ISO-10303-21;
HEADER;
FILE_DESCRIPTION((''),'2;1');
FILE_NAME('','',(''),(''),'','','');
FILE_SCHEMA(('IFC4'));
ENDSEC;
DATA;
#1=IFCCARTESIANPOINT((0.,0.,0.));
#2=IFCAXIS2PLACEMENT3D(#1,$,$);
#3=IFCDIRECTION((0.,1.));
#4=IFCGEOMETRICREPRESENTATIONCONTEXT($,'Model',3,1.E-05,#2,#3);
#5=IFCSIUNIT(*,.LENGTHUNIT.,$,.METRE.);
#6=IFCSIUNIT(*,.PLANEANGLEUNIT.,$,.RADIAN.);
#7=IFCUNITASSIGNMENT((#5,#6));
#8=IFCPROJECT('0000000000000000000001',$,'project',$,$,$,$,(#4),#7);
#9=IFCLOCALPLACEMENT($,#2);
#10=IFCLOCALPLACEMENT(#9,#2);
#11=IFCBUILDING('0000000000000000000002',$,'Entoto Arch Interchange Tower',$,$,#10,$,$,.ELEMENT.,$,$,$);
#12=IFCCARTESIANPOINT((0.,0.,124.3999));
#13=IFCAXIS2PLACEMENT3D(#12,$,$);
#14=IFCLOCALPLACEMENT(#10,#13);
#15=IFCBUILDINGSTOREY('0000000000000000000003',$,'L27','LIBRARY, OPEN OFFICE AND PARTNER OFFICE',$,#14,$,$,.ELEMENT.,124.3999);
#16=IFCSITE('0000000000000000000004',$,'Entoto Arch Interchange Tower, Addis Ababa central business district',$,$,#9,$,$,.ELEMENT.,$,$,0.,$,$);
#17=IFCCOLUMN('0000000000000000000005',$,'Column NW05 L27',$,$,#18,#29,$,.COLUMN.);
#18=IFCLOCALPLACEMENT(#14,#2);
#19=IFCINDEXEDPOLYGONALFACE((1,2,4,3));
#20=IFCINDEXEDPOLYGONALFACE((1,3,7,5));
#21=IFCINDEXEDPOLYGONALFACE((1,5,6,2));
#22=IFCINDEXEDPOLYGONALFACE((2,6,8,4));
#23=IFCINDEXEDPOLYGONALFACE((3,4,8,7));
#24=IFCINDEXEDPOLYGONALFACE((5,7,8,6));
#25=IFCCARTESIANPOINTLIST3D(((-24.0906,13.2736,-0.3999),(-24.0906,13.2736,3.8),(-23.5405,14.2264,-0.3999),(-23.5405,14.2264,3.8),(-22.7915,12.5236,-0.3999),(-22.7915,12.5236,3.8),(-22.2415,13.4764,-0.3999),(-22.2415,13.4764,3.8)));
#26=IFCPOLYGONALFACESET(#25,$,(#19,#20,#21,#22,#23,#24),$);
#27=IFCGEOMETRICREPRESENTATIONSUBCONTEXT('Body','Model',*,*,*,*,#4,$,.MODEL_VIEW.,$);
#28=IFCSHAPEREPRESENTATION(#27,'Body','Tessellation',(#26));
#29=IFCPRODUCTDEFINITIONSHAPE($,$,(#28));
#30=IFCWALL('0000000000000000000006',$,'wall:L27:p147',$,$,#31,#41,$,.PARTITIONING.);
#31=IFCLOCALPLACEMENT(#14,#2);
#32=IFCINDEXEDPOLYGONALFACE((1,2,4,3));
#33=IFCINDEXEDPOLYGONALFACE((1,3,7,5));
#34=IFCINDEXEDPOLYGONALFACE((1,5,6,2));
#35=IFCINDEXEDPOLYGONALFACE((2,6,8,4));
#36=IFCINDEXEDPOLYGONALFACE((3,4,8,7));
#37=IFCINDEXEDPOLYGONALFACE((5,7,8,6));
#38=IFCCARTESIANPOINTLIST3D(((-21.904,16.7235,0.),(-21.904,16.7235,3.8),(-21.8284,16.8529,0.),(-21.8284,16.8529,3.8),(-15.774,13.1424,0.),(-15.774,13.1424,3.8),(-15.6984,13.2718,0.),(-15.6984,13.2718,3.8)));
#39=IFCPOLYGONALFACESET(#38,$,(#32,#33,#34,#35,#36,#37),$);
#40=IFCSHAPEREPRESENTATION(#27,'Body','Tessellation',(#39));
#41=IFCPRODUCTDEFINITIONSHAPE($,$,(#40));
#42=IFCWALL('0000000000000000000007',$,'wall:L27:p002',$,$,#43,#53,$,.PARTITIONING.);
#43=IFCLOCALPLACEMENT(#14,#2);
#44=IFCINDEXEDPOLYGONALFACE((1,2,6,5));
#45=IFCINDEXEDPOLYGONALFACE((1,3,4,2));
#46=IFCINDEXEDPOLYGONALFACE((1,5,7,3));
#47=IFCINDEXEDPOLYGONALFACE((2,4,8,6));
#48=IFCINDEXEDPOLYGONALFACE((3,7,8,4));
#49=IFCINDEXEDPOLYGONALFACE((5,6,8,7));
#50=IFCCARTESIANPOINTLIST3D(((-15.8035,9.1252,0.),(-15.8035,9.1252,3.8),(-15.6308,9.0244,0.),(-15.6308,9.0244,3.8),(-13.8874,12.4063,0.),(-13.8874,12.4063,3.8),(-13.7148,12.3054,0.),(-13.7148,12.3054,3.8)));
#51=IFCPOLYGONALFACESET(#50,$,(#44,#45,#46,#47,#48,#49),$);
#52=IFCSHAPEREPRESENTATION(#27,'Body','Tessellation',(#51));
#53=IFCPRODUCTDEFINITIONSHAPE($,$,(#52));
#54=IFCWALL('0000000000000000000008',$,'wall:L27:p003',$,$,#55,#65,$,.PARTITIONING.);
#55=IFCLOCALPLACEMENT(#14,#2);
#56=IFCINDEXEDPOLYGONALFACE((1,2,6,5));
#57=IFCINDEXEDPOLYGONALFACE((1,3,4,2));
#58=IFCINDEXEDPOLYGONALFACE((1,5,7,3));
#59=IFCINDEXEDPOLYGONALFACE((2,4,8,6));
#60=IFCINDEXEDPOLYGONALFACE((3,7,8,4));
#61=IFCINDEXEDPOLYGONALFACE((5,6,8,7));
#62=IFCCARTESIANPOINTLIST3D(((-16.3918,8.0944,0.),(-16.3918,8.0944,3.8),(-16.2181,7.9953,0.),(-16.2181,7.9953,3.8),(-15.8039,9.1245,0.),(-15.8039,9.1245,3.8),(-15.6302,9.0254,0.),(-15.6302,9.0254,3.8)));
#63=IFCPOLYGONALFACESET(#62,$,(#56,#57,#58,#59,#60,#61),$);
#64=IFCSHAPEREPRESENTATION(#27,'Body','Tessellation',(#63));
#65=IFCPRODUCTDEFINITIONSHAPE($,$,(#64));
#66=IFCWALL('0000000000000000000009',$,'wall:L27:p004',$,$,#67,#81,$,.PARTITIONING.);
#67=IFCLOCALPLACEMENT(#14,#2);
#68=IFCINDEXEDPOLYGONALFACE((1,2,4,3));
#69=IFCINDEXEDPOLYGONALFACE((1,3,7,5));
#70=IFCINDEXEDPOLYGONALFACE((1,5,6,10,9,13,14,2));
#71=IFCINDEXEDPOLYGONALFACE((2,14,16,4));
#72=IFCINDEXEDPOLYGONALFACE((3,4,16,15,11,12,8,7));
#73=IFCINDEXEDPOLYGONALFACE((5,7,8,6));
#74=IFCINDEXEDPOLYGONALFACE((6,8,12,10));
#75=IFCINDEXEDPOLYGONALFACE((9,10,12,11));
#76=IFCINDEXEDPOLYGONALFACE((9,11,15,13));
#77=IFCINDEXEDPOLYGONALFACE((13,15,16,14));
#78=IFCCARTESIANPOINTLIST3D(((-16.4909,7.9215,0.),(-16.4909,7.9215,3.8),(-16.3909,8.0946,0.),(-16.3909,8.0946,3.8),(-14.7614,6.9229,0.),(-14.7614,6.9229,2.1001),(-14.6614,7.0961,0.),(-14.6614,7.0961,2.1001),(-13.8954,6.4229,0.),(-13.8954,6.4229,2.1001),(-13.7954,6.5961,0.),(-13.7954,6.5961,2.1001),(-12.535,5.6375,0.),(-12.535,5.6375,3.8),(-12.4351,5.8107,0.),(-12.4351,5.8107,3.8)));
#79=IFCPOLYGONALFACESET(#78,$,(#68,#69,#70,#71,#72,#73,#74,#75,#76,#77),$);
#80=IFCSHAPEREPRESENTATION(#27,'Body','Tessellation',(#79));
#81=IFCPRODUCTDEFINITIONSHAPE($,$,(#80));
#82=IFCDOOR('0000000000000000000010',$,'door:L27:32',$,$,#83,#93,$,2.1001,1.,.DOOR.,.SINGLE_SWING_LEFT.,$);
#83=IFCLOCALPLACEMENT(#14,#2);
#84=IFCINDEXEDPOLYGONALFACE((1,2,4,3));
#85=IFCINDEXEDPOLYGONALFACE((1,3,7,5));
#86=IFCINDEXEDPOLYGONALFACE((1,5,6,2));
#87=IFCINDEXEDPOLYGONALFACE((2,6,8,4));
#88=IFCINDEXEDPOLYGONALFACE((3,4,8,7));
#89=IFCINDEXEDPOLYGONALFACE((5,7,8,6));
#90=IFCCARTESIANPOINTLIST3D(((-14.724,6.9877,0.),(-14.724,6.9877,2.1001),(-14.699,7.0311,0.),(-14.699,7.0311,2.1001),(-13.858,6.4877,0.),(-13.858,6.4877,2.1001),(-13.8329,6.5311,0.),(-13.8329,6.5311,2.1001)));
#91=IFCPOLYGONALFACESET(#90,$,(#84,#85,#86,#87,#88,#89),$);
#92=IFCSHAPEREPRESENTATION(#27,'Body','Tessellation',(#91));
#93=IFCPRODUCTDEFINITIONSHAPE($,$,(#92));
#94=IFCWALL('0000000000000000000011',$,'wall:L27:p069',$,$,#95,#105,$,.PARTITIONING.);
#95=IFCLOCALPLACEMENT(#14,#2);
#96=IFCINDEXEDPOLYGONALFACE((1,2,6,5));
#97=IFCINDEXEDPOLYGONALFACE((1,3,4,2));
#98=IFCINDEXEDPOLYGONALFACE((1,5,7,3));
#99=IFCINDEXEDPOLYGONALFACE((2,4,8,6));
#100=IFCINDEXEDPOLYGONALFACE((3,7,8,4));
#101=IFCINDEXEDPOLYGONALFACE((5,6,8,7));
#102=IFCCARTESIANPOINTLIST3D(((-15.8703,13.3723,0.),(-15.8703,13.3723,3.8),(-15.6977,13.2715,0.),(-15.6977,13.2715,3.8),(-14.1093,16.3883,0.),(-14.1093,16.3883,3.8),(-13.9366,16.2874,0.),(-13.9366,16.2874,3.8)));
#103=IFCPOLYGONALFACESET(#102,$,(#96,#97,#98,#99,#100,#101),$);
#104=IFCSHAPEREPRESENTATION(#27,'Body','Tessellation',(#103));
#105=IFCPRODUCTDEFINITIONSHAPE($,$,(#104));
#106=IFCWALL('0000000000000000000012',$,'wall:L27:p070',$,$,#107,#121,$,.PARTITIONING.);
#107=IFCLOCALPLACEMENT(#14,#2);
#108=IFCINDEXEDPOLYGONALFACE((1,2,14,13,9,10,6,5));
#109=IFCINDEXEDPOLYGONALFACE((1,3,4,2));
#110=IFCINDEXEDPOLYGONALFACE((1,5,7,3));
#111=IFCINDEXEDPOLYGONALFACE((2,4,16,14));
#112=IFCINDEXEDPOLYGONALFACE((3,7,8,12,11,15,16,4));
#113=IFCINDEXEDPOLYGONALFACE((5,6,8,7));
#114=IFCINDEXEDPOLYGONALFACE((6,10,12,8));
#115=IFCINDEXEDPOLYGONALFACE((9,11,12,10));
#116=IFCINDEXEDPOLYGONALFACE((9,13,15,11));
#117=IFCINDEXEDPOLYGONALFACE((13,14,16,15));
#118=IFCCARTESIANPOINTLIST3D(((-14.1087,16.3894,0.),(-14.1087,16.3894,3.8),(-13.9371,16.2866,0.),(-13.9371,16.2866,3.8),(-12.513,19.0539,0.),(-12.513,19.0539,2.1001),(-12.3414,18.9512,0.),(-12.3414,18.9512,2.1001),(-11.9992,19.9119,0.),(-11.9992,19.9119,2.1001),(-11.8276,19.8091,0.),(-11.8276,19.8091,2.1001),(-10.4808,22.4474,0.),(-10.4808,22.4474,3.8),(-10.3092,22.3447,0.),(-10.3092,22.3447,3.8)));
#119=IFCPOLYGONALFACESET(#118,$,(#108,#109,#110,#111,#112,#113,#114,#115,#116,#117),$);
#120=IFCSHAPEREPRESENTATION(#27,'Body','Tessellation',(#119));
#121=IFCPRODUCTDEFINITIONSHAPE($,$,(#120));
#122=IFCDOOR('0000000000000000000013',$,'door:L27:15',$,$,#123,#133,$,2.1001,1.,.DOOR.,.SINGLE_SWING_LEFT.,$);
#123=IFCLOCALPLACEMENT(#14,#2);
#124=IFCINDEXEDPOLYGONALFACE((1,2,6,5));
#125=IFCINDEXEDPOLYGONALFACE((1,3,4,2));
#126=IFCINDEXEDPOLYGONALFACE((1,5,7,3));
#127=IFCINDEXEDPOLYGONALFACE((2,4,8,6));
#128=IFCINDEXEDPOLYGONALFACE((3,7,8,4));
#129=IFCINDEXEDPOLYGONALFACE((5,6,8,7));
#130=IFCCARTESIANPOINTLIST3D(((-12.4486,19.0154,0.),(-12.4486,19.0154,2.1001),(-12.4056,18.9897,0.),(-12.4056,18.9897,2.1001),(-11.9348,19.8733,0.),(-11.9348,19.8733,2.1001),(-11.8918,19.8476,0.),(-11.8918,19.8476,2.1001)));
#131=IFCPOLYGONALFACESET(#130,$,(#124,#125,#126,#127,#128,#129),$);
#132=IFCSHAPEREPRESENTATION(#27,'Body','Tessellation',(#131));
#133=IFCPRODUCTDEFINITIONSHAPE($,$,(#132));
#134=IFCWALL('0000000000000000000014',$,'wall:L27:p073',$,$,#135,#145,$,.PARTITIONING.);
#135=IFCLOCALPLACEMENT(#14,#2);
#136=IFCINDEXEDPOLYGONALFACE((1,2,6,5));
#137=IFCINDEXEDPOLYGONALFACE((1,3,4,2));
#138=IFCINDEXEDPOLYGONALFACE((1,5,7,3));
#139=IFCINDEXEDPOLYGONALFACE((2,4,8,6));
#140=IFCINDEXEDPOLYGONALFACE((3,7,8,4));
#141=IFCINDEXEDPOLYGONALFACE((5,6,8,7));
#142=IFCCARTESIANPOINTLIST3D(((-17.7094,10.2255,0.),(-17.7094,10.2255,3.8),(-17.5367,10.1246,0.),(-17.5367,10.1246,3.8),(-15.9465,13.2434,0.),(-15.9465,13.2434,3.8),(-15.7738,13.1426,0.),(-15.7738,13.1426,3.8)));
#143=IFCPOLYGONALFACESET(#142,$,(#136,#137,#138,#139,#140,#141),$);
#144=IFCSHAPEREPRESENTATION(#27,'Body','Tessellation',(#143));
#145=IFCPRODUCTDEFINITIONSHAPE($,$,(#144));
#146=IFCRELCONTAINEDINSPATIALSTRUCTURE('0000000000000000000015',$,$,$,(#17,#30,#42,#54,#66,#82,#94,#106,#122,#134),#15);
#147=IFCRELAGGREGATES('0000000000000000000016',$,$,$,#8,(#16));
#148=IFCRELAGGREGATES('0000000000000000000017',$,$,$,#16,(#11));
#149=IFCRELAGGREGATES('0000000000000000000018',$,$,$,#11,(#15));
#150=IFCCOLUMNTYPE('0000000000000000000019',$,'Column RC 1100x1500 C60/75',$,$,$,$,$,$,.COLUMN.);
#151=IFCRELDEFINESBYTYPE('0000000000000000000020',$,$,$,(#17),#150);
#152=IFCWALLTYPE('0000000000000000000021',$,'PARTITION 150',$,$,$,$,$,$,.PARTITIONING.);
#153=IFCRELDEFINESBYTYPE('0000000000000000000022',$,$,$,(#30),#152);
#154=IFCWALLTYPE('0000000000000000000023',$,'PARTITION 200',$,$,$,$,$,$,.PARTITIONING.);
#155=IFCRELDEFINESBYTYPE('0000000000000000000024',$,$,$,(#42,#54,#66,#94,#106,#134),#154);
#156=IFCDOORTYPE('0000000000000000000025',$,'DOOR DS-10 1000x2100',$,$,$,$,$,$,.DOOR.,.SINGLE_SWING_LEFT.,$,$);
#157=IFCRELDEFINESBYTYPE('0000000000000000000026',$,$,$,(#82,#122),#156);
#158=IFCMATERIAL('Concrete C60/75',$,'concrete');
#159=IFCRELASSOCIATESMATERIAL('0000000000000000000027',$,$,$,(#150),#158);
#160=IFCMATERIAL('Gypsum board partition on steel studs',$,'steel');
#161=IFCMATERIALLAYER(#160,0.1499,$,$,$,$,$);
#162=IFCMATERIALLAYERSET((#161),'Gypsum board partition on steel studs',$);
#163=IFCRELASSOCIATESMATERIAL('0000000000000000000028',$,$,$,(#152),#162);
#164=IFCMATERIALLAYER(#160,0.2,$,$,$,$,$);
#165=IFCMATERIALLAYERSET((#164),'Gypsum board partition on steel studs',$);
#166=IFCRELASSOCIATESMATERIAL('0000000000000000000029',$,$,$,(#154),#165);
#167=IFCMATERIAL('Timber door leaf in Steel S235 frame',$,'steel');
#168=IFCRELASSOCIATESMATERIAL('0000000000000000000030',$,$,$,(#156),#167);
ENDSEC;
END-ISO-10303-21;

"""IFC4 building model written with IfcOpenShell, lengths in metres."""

from ifc_helpers import new_model, si_unit, direction, frame, frame_2d, origin, origin_2d, place, context, subcontext, project, spatial, rectangle, extrude, material, layer, layer_set, material_profile, profile_set, type_object, element, fill, save


model = new_model("IFC4")

# Units and contexts
model_context = context("Model", 3, precision=1e-05, world=origin(), true_north=direction((0.0, 1.0)))
body_context = subcontext(model_context, "Body", "Model", "MODEL_VIEW")
ifc_project = project(units=[si_unit("LENGTHUNIT", "METRE"), si_unit("PLANEANGLEUNIT", "RADIAN")], contexts=[model_context])

# Site, building, storey
site_placement = place(None, origin())
site = spatial("IfcSite", under=ifc_project, at=site_placement, Name="Entoto Arch Interchange Tower, Addis Ababa central business district", CompositionType="ELEMENT", RefElevation=0.0)
building_placement = place(site_placement, origin())
building = spatial("IfcBuilding", under=site, at=building_placement, Name="Entoto Arch Interchange Tower", CompositionType="ELEMENT")
storey_placement = place(building_placement, frame((0.0, 0.0, 124.3999)))
storey = spatial("IfcBuildingStorey", under=building, at=storey_placement, Name="L27", Description="LIBRARY, OPEN OFFICE AND PARTNER OFFICE", CompositionType="ELEMENT", Elevation=124.3999)

# Column
ifc_material_1 = material(Name="Concrete C60/75", Category="concrete")
ifc_material_profile = material_profile(ifc_material_1, rectangle(XDim=1.1001, YDim=1.5, at=origin_2d()))
ifc_profile_set = profile_set([ifc_material_profile], Name="Concrete C60/75")
column_type = type_object("IfcColumnType", Name="Column RC 1100x1500 C60/75", PredefinedType="COLUMN", material=ifc_profile_set)
column_placement = place(storey_placement, frame((-23.166, 13.375, -0.3999), z_axis=(0.0, 0.0, 1.0), x_axis=(0.5, 0.866025, 0.0)))
element("IfcColumn", 1, at=column_placement, inside=storey, type_object=column_type, Name="Column NW05 L27", PredefinedType="COLUMN", context=body_context, shape_type="SweptSolid", body=[
    extrude(rectangle(XDim=1.1001, YDim=1.5, at=origin_2d()), origin(), (0.0, 0.0, 1.0), 4.2),
])

# Walls
ifc_material_2 = material(Name="Gypsum board partition on steel studs", Category="steel")
ifc_layer_1 = layer(ifc_material_2, 0.1499)
ifc_layer_set_1 = layer_set([ifc_layer_1], Name="Gypsum board partition on steel studs")
wall_type_1 = type_object("IfcWallType", Name="PARTITION 150", PredefinedType="PARTITIONING", material=ifc_layer_set_1)
wall_1_placement = place(storey_placement, frame((-15.7361, 13.207, 0.0), z_axis=(0.0, 0.0, 1.0), x_axis=(-0.863454, 0.504427, 0.0)))
element("IfcWall", 2, at=wall_1_placement, inside=storey, type_object=wall_type_1, Name="wall:L27:p147", PredefinedType="PARTITIONING", context=body_context, shape_type="SweptSolid", body=[
    extrude(rectangle(XDim=7.0994, YDim=0.1499, at=frame_2d((3.5498, 0.0))), origin(), (0.0, 0.0, 1.0), 3.8),
])
ifc_layer_2 = layer(ifc_material_2, 0.2)
ifc_layer_set_2 = layer_set([ifc_layer_2], Name="Gypsum board partition on steel studs")
wall_type_2 = type_object("IfcWallType", Name="PARTITION 200", PredefinedType="PARTITIONING", material=ifc_layer_set_2)
wall_2_placement = place(storey_placement, frame((-13.801, 12.356, 0.0), z_axis=(0.0, 0.0, 1.0), x_axis=(-0.504282, -0.863539, 0.0)))
element("IfcWall", 3, at=wall_2_placement, inside=storey, type_object=wall_type_2, Name="wall:L27:p002", PredefinedType="PARTITIONING", context=body_context, shape_type="SweptSolid", body=[
    extrude(rectangle(XDim=3.7996, YDim=0.2, at=frame_2d((1.8999, 0.0))), origin(), (0.0, 0.0, 1.0), 3.8),
])
wall_3_placement = place(storey_placement, frame((-15.717, 9.075, 0.0), z_axis=(0.0, 0.0, 1.0), x_axis=(-0.495695, -0.868496, 0.0)))
element("IfcWall", 4, at=wall_3_placement, inside=storey, type_object=wall_type_2, Name="wall:L27:p003", PredefinedType="PARTITIONING", context=body_context, shape_type="SweptSolid", body=[
    extrude(rectangle(XDim=1.186, YDim=0.2, at=frame_2d((0.593, 0.0))), origin(), (0.0, 0.0, 1.0), 3.8),
])

# Wall, opening, door
wall_4_placement = place(storey_placement, frame((-16.4409, 8.0081, 0.0), z_axis=(0.0, 0.0, 1.0), x_axis=(0.866021, -0.500008, 0.0)))
wall_4 = element("IfcWall", 5, at=wall_4_placement, inside=storey, type_object=wall_type_2, Name="wall:L27:p004", PredefinedType="PARTITIONING", context=body_context, shape_type="SweptSolid", body=[
    extrude(rectangle(XDim=4.5679, YDim=0.2, at=frame_2d((2.2839, 0.0))), origin(), (0.0, 0.0, 1.0), 3.8),
])
opening_1_placement = place(wall_4_placement, frame((1.9971, 0.0, 0.0)))
opening_1 = element("IfcOpeningElement", 6, at=opening_1_placement, cuts=wall_4, PredefinedType="OPENING", context=body_context, shape_type="SweptSolid", body=[
    extrude(rectangle(XDim=1.0, YDim=2.1001, at=frame_2d((0.5, 1.05))), frame((0.0, 0.1099, 0.0), z_axis=(0.0, -1.0, 0.0), x_axis=(1.0, 0.0, 0.0)), (0.0, 0.0, 1.0), 0.22),
])
ifc_material_3 = material(Name="Timber door leaf in Steel S235 frame", Category="steel")
door_type = type_object("IfcDoorType", Name="DOOR DS-10 1000x2100", OperationType="SINGLE_SWING_LEFT", PredefinedType="DOOR", material=ifc_material_3)
door_1_placement = place(opening_1_placement, origin())
door_1 = element("IfcDoor", 7, at=door_1_placement, inside=storey, type_object=door_type, Name="door:L27:32", OperationType="SINGLE_SWING_LEFT", OverallHeight=2.1001, OverallWidth=1.0, PredefinedType="DOOR", context=body_context, shape_type="SweptSolid", body=[
    extrude(rectangle(XDim=1.0, YDim=2.1001, at=frame_2d((0.5, 1.05))), frame((0.0, 0.0249, 0.0), z_axis=(0.0, -1.0, 0.0), x_axis=(1.0, 0.0, 0.0)), (0.0, 0.0, 1.0), 0.05),
])
fill(opening_1, door_1)

# Wall
wall_5_placement = place(storey_placement, frame((-15.7839, 13.322, 0.0), z_axis=(0.0, 0.0, 1.0), x_axis=(0.50424, 0.863563, 0.0)))
element("IfcWall", 8, at=wall_5_placement, inside=storey, type_object=wall_type_2, Name="wall:L27:p069", PredefinedType="PARTITIONING", context=body_context, shape_type="SweptSolid", body=[
    extrude(rectangle(XDim=3.4924, YDim=0.2, at=frame_2d((1.7461, 0.0))), origin(), (0.0, 0.0, 1.0), 3.8),
])

# Wall, opening, door
wall_6_placement = place(storey_placement, frame((-14.0229, 16.3379, 0.0), z_axis=(0.0, 0.0, 1.0), x_axis=(0.513774, 0.857926, 0.0)))
wall_6 = element("IfcWall", 9, at=wall_6_placement, inside=storey, type_object=wall_type_2, Name="wall:L27:p070", PredefinedType="PARTITIONING", context=body_context, shape_type="SweptSolid", body=[
    extrude(rectangle(XDim=7.0613, YDim=0.2, at=frame_2d((3.5308, 0.0))), origin(), (0.0, 0.0, 1.0), 3.8),
])
opening_2_placement = place(wall_6_placement, frame((3.106, 0.0, 0.0)))
opening_2 = element("IfcOpeningElement", 10, at=opening_2_placement, cuts=wall_6, PredefinedType="OPENING", context=body_context, shape_type="SweptSolid", body=[
    extrude(rectangle(XDim=1.0, YDim=2.1001, at=frame_2d((0.5, 1.05))), frame((0.0, 0.1099, 0.0), z_axis=(0.0, -1.0, 0.0), x_axis=(1.0, 0.0, 0.0)), (0.0, 0.0, 1.0), 0.22),
])
door_2_placement = place(opening_2_placement, origin())
door_2 = element("IfcDoor", 11, at=door_2_placement, inside=storey, type_object=door_type, Name="door:L27:15", OperationType="SINGLE_SWING_LEFT", OverallHeight=2.1001, OverallWidth=1.0, PredefinedType="DOOR", context=body_context, shape_type="SweptSolid", body=[
    extrude(rectangle(XDim=1.0, YDim=2.1001, at=frame_2d((0.5, 1.05))), frame((0.0, 0.0249, 0.0), z_axis=(0.0, -1.0, 0.0), x_axis=(1.0, 0.0, 0.0)), (0.0, 0.0, 1.0), 0.05),
])
fill(opening_2, door_2)

# Wall
wall_7_placement = place(storey_placement, frame((-17.623, 10.175, 0.0), z_axis=(0.0, 0.0, 1.0), x_axis=(0.504383, 0.86348, 0.0)))
element("IfcWall", 12, at=wall_7_placement, inside=storey, type_object=wall_type_2, Name="wall:L27:p073", PredefinedType="PARTITIONING", context=body_context, shape_type="SweptSolid", body=[
    extrude(rectangle(XDim=3.4951, YDim=0.2, at=frame_2d((1.7476, 0.0))), origin(), (0.0, 0.0, 1.0), 3.8),
])

save(model, "model.ifc")
